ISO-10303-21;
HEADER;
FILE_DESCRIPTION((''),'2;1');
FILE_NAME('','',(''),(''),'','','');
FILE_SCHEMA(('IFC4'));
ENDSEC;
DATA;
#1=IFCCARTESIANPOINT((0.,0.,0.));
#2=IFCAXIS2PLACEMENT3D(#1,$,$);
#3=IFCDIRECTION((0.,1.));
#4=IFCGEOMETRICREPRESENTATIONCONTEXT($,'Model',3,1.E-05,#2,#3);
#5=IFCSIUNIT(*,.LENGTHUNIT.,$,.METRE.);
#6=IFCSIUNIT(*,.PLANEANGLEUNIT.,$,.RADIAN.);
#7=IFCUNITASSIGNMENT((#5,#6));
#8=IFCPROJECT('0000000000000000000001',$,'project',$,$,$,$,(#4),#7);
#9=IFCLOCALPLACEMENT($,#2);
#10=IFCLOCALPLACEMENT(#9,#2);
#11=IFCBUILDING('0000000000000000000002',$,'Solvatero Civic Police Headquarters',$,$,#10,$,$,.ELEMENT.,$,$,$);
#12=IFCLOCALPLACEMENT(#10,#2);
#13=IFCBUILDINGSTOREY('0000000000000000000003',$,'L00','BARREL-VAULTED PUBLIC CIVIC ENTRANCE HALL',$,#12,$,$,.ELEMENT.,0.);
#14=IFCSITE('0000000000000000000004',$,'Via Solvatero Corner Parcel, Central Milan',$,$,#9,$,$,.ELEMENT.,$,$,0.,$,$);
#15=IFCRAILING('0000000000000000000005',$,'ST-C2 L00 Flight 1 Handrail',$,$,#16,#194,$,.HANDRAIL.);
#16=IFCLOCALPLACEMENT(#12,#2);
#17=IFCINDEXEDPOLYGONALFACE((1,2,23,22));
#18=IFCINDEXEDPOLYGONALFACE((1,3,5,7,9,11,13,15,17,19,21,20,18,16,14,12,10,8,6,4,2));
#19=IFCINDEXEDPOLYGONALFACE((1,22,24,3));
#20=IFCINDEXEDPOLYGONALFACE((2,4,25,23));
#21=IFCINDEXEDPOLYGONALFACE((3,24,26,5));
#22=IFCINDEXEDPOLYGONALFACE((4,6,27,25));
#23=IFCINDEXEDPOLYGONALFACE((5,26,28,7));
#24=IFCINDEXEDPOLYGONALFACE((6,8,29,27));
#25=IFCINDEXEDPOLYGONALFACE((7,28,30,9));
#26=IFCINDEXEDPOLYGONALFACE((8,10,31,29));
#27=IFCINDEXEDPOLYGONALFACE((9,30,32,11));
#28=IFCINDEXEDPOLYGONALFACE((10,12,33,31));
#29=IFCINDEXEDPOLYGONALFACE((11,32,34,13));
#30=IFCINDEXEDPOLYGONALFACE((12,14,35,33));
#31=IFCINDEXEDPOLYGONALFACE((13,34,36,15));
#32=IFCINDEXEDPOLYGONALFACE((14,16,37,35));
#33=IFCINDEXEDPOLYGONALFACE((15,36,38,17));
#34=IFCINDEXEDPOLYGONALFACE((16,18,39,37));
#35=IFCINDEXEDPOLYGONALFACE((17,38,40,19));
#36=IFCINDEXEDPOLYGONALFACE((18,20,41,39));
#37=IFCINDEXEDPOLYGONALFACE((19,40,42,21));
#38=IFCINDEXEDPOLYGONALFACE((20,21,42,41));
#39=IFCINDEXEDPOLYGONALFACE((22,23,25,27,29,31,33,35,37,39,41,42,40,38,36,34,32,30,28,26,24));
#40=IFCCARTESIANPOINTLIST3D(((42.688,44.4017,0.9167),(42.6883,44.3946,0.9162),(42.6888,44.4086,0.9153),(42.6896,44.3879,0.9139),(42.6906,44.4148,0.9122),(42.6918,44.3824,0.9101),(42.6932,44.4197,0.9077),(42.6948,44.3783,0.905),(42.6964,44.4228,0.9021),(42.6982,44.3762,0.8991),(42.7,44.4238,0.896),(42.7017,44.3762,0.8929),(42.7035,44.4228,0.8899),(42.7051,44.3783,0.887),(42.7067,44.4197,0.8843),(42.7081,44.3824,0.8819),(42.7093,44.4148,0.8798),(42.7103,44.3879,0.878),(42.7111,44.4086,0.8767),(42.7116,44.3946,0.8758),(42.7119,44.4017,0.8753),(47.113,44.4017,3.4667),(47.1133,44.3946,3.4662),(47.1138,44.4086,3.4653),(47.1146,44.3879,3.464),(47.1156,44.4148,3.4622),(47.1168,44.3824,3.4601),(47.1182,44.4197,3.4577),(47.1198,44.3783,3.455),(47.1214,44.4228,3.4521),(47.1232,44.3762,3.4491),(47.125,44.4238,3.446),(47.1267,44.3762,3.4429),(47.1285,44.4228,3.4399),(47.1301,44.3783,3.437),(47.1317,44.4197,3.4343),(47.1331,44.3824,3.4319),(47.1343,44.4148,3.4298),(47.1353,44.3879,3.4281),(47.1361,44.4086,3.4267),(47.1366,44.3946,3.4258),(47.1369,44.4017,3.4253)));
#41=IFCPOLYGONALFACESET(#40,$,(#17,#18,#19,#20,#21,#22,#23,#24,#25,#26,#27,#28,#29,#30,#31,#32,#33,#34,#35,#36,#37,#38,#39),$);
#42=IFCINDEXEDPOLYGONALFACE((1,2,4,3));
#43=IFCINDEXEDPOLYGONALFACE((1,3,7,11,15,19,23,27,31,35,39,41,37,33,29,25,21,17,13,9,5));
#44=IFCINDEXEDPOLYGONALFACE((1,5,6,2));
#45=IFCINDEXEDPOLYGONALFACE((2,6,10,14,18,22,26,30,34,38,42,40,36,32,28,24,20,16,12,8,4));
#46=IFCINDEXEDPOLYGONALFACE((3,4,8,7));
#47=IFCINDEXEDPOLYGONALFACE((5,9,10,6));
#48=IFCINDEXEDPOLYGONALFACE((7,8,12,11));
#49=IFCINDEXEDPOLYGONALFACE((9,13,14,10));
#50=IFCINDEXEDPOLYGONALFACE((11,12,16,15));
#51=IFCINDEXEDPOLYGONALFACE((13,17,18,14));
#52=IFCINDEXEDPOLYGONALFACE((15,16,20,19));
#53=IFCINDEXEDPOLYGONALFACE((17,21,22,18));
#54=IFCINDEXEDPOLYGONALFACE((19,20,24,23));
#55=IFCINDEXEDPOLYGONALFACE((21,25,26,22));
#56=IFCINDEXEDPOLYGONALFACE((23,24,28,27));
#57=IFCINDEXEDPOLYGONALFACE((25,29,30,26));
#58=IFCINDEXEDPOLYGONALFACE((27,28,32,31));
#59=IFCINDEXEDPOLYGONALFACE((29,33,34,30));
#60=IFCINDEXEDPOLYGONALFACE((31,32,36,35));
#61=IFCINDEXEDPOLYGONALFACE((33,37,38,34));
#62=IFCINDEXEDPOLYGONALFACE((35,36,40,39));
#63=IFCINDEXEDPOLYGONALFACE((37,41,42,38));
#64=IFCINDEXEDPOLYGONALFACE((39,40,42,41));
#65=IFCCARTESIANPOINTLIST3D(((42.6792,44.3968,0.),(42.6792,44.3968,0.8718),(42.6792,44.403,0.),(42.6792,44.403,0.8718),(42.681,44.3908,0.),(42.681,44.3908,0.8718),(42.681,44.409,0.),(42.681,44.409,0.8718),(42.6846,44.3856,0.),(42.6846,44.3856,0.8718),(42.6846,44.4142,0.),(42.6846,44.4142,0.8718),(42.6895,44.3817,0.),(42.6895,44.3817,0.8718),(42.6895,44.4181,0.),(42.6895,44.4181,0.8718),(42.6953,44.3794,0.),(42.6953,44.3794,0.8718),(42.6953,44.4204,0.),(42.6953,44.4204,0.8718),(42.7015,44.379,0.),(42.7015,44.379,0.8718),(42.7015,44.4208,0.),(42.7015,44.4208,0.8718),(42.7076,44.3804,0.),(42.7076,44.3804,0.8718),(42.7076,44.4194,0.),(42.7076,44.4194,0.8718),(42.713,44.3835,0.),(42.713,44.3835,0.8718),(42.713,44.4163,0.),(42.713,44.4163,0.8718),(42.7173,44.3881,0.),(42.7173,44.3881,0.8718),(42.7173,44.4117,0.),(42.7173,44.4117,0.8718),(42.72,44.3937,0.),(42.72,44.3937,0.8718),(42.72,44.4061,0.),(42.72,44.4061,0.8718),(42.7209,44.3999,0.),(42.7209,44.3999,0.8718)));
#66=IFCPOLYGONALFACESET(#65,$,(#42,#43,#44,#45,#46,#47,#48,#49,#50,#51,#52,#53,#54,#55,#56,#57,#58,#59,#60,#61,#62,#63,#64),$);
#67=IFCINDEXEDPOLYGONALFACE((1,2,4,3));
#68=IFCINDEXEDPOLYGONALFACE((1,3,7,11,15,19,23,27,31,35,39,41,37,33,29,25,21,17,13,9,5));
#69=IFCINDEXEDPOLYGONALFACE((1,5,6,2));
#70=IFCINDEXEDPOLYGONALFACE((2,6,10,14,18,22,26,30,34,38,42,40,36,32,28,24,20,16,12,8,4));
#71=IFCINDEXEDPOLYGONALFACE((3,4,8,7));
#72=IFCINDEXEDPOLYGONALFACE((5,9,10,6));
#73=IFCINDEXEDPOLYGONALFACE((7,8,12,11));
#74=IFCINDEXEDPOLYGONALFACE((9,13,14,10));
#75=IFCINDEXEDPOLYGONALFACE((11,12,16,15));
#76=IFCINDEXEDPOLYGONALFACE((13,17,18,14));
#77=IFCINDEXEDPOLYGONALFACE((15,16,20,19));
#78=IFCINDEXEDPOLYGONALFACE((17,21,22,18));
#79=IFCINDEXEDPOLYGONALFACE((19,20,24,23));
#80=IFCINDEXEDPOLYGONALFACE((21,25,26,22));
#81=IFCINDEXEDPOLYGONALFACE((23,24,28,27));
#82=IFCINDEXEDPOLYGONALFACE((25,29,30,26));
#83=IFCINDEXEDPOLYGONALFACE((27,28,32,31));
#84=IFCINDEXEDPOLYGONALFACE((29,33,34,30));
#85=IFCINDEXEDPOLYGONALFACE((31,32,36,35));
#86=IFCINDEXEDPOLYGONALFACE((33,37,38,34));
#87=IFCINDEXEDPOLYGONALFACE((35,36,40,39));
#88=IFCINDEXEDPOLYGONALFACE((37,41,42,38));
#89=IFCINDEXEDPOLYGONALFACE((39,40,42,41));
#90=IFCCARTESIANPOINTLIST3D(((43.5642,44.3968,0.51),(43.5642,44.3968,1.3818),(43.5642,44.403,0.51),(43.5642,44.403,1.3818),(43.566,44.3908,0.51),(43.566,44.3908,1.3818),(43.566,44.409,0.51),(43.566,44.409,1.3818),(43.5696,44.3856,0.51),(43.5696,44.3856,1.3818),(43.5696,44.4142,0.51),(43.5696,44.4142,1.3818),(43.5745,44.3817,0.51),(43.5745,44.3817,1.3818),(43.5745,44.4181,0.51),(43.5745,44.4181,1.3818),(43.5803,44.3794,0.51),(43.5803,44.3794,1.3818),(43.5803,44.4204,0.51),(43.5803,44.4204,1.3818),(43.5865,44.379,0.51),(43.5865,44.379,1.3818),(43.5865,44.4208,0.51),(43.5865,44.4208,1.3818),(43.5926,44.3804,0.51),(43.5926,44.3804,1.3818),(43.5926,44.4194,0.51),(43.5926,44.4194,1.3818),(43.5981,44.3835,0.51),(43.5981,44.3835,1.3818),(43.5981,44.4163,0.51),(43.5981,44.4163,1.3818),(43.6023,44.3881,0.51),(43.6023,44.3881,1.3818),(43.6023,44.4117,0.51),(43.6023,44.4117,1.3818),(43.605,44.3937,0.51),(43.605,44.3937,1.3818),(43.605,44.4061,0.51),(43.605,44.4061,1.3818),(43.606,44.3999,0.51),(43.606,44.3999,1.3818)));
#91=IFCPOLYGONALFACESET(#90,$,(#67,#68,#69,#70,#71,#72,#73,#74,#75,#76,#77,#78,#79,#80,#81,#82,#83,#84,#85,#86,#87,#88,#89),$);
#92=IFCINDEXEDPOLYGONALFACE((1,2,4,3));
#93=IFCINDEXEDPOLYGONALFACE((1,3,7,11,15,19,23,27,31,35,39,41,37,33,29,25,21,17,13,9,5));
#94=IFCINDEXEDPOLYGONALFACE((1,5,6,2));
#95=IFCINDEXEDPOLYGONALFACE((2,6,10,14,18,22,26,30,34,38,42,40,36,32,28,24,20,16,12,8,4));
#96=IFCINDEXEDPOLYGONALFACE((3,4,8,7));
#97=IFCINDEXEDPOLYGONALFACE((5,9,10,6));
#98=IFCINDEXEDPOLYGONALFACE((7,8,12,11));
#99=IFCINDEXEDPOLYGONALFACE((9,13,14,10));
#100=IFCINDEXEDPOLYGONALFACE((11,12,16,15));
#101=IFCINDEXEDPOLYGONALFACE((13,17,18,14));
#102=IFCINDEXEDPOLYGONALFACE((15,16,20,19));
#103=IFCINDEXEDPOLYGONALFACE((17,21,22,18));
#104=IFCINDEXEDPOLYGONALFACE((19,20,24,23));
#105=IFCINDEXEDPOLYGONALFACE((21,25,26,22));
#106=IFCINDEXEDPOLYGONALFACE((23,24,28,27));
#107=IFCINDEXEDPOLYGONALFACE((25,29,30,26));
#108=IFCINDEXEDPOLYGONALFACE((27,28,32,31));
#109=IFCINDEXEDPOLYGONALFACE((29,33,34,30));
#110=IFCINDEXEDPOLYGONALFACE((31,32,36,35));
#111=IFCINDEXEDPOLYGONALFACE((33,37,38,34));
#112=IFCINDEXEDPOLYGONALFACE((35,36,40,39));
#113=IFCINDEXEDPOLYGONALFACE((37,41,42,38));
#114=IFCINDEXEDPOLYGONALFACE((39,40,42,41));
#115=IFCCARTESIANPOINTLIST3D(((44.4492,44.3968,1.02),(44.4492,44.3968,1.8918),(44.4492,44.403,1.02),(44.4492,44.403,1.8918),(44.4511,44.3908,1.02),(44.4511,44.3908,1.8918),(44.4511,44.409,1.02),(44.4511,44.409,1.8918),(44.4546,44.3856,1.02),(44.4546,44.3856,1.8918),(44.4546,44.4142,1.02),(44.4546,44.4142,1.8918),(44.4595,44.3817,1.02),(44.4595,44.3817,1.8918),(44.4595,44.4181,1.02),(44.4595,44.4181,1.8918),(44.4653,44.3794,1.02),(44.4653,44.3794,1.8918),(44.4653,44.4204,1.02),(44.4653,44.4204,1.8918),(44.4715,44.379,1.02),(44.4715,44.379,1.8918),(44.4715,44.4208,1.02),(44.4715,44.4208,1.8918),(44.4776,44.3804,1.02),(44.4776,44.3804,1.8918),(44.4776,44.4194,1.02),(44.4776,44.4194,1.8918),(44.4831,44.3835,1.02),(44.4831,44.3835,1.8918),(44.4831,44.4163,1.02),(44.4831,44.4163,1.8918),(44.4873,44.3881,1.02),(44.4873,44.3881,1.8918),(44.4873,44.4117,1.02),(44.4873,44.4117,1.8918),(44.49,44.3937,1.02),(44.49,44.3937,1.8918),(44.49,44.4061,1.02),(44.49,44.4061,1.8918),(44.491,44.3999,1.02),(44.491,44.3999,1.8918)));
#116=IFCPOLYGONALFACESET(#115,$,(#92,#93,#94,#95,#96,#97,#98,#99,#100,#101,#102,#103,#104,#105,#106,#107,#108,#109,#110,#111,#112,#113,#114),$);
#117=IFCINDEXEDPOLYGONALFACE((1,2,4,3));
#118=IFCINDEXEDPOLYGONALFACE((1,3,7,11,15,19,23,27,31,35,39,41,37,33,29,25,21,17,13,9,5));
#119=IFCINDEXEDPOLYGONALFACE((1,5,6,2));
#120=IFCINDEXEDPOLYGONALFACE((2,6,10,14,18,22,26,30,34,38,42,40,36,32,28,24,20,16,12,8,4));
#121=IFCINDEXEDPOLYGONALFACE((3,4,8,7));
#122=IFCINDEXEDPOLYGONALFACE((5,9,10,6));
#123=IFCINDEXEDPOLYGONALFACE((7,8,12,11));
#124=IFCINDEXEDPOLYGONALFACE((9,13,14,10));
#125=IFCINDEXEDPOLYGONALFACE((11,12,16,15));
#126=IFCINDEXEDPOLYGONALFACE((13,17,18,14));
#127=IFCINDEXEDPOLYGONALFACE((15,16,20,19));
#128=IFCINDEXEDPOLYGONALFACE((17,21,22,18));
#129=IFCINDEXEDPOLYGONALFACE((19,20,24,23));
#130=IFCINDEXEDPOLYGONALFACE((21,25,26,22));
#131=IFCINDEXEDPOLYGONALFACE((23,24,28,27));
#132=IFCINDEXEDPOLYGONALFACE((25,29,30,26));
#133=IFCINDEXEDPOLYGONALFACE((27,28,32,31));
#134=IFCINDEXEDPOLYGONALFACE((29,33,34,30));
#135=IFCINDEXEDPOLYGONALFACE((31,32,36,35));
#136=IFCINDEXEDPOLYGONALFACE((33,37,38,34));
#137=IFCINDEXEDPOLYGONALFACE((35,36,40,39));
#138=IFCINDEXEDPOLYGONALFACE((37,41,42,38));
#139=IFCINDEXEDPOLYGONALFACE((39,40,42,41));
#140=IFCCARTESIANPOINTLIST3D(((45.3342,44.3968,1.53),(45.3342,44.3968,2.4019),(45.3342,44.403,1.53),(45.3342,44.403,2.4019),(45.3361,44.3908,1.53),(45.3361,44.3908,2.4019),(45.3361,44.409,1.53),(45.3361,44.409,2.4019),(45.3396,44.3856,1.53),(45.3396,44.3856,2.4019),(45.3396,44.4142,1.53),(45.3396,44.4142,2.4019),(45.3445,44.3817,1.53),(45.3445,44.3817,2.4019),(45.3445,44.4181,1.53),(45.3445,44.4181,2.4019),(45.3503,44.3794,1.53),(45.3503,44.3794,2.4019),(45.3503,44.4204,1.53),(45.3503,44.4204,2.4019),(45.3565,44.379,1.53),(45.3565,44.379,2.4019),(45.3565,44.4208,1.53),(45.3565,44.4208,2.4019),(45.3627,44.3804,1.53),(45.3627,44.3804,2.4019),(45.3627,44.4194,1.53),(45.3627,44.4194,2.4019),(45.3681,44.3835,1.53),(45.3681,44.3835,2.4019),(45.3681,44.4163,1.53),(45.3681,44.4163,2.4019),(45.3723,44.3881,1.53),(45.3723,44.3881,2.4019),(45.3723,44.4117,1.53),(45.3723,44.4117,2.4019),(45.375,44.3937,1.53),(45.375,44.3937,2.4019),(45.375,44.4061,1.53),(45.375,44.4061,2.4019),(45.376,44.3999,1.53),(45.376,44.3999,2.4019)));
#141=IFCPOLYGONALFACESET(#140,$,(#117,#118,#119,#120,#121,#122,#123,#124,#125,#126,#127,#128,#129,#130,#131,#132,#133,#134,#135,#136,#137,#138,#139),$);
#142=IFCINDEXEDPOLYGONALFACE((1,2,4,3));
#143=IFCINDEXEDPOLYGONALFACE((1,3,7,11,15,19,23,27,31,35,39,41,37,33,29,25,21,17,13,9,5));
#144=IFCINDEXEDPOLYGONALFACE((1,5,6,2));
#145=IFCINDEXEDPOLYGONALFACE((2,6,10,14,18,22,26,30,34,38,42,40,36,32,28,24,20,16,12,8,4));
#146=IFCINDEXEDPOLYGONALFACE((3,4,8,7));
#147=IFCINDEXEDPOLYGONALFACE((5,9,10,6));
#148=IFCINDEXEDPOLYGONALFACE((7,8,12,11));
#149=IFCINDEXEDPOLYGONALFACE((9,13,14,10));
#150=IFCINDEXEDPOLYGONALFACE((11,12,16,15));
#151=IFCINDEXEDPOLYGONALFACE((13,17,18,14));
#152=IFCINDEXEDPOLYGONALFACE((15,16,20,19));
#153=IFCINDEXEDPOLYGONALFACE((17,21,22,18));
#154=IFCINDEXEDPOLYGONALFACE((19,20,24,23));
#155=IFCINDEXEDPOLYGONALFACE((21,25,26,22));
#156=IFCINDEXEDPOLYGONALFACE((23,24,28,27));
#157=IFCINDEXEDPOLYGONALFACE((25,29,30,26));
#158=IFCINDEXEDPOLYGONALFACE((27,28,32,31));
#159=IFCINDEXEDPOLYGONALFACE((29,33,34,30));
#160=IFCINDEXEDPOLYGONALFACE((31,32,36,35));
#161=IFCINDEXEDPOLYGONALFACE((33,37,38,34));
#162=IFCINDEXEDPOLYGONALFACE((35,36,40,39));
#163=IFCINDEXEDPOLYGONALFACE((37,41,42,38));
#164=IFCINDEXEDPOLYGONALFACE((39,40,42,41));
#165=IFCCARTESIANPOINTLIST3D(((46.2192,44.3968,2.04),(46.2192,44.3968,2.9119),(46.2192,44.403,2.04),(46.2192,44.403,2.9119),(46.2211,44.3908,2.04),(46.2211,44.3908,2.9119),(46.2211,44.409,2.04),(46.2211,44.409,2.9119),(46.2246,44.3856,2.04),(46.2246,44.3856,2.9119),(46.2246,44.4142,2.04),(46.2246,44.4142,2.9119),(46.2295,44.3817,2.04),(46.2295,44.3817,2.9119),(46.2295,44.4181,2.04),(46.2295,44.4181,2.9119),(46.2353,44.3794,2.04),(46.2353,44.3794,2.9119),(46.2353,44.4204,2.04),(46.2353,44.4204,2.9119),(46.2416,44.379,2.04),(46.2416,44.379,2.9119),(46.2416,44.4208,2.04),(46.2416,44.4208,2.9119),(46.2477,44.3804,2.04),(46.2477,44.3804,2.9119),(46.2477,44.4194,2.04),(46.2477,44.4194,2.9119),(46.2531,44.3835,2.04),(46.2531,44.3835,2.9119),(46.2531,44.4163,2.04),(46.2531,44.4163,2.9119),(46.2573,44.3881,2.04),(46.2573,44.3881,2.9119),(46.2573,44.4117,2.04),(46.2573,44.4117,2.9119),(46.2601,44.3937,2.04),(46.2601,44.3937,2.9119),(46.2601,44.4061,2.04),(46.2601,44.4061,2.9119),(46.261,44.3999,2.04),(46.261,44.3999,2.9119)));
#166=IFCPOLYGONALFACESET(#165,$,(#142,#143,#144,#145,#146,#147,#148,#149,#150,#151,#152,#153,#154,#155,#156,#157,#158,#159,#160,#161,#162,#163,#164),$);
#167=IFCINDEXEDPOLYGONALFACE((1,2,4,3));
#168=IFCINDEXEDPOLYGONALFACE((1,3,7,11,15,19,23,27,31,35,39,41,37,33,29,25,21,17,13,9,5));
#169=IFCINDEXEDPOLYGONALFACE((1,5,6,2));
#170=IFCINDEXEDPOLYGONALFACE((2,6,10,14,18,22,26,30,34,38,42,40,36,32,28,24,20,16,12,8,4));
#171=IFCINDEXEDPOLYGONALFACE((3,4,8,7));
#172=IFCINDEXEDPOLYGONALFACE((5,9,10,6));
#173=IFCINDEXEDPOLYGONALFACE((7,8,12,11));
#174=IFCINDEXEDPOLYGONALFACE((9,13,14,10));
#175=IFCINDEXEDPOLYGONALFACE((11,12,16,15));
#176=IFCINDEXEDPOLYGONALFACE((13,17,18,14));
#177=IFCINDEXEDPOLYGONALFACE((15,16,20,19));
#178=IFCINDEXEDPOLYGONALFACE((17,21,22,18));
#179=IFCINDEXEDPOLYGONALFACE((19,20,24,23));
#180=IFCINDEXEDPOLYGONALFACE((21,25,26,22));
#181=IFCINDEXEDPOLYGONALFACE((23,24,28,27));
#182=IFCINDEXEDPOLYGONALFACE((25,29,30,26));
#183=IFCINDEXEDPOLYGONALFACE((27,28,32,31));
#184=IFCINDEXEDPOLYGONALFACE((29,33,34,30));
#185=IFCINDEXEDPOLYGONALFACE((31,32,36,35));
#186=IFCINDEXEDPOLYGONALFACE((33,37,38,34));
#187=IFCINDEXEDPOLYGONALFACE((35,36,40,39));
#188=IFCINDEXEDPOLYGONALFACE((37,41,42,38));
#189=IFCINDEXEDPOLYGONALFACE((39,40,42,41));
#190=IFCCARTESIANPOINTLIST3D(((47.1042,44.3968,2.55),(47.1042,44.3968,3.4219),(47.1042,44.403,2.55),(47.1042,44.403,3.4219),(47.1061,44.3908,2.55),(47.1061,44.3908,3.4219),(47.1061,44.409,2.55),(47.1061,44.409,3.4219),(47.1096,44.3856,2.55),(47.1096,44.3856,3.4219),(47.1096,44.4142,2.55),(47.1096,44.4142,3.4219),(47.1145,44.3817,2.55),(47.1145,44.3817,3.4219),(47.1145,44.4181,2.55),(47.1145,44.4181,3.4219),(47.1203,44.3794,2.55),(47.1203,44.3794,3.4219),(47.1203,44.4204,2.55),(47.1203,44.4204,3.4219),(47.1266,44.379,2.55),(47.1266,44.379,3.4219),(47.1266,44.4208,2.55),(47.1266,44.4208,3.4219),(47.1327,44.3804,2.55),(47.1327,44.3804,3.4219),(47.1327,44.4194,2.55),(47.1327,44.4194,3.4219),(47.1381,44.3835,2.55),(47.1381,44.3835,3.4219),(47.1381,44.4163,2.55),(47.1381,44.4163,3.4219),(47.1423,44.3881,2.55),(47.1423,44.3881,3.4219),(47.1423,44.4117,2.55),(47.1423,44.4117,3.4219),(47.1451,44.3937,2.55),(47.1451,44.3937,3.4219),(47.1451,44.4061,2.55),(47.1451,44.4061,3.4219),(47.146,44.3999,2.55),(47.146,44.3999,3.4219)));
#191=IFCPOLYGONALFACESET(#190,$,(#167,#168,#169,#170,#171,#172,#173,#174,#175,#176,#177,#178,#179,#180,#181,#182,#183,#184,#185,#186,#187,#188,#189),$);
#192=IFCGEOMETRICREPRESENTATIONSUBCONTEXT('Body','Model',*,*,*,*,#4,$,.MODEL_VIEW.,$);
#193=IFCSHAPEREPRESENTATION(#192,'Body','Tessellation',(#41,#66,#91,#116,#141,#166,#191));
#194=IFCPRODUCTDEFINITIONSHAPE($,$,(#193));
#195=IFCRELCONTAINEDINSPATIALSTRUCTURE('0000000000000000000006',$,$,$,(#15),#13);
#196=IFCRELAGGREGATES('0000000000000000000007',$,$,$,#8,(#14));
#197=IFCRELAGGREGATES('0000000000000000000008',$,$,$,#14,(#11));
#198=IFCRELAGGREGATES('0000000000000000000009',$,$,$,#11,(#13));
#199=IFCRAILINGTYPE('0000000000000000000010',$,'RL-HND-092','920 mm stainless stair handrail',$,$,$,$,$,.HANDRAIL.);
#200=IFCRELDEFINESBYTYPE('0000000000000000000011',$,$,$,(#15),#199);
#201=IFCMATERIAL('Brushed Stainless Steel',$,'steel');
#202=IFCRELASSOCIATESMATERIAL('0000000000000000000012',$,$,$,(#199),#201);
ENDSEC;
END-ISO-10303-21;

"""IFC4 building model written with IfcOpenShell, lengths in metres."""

from ifc_helpers import new_model, si_unit, direction, frame, origin, origin_2d, place, context, subcontext, project, spatial, circle, extrude, material, type_object, element, save


model = new_model("IFC4")

# Units and contexts
model_context = context("Model", 3, precision=1e-05, world=origin(), true_north=direction((0.0, 1.0)))
body_context = subcontext(model_context, "Body", "Model", "MODEL_VIEW")
ifc_project = project(units=[si_unit("LENGTHUNIT", "METRE"), si_unit("PLANEANGLEUNIT", "RADIAN")], contexts=[model_context])

# Site, building, storey
site_placement = place(None, origin())
site = spatial("IfcSite", under=ifc_project, at=site_placement, Name="Via Solvatero Corner Parcel, Central Milan", CompositionType="ELEMENT", RefElevation=0.0)
building_placement = place(site_placement, origin())
building = spatial("IfcBuilding", under=site, at=building_placement, Name="Solvatero Civic Police Headquarters", CompositionType="ELEMENT")
storey_placement = place(building_placement, origin())
storey = spatial("IfcBuildingStorey", under=building, at=storey_placement, Name="L00", Description="BARREL-VAULTED PUBLIC CIVIC ENTRANCE HALL", CompositionType="ELEMENT", Elevation=0.0)

# Railing
ifc_material_1 = material(Name="Brushed Stainless Steel", Category="steel")
railing_type_1 = type_object("IfcRailingType", Name="RL-HND-092", Description="920 mm stainless stair handrail", PredefinedType="HANDRAIL", material=ifc_material_1)
railing_1_placement = place(storey_placement, frame((42.7, 44.3999, 0.0)))
element("IfcRailing", 1, at=railing_1_placement, inside=storey, type_object=railing_type_1, Name="ST-C2 L00 Flight 1 Handrail", PredefinedType="HANDRAIL", context=body_context, shape_type="SweptSolid", body=[
    extrude(circle(Radius=0.0239, at=origin_2d()), frame((0.0, 0.0, 0.896), z_axis=(0.866428, 0.0, 0.499302), x_axis=(0.0, 1.0, 0.0)), (0.0, 0.0, 1.0), 5.1072),
    extrude(circle(Radius=0.021, at=origin_2d()), origin(), (0.0, 0.0, 1.0), 0.8718),
    extrude(circle(Radius=0.021, at=origin_2d()), frame((0.885, 0.0, 0.51)), (0.0, 0.0, 1.0), 0.8718),
    extrude(circle(Radius=0.021, at=origin_2d()), frame((1.77, 0.0, 1.02)), (0.0, 0.0, 1.0), 0.8718),
    extrude(circle(Radius=0.021, at=origin_2d()), frame((2.655, 0.0, 1.53)), (0.0, 0.0, 1.0), 0.8718),
    extrude(circle(Radius=0.021, at=origin_2d()), frame((3.54, 0.0, 2.04)), (0.0, 0.0, 1.0), 0.8718),
    extrude(circle(Radius=0.021, at=origin_2d()), frame((4.425, 0.0, 2.55)), (0.0, 0.0, 1.0), 0.8718),
])

save(model, "model.ifc")
